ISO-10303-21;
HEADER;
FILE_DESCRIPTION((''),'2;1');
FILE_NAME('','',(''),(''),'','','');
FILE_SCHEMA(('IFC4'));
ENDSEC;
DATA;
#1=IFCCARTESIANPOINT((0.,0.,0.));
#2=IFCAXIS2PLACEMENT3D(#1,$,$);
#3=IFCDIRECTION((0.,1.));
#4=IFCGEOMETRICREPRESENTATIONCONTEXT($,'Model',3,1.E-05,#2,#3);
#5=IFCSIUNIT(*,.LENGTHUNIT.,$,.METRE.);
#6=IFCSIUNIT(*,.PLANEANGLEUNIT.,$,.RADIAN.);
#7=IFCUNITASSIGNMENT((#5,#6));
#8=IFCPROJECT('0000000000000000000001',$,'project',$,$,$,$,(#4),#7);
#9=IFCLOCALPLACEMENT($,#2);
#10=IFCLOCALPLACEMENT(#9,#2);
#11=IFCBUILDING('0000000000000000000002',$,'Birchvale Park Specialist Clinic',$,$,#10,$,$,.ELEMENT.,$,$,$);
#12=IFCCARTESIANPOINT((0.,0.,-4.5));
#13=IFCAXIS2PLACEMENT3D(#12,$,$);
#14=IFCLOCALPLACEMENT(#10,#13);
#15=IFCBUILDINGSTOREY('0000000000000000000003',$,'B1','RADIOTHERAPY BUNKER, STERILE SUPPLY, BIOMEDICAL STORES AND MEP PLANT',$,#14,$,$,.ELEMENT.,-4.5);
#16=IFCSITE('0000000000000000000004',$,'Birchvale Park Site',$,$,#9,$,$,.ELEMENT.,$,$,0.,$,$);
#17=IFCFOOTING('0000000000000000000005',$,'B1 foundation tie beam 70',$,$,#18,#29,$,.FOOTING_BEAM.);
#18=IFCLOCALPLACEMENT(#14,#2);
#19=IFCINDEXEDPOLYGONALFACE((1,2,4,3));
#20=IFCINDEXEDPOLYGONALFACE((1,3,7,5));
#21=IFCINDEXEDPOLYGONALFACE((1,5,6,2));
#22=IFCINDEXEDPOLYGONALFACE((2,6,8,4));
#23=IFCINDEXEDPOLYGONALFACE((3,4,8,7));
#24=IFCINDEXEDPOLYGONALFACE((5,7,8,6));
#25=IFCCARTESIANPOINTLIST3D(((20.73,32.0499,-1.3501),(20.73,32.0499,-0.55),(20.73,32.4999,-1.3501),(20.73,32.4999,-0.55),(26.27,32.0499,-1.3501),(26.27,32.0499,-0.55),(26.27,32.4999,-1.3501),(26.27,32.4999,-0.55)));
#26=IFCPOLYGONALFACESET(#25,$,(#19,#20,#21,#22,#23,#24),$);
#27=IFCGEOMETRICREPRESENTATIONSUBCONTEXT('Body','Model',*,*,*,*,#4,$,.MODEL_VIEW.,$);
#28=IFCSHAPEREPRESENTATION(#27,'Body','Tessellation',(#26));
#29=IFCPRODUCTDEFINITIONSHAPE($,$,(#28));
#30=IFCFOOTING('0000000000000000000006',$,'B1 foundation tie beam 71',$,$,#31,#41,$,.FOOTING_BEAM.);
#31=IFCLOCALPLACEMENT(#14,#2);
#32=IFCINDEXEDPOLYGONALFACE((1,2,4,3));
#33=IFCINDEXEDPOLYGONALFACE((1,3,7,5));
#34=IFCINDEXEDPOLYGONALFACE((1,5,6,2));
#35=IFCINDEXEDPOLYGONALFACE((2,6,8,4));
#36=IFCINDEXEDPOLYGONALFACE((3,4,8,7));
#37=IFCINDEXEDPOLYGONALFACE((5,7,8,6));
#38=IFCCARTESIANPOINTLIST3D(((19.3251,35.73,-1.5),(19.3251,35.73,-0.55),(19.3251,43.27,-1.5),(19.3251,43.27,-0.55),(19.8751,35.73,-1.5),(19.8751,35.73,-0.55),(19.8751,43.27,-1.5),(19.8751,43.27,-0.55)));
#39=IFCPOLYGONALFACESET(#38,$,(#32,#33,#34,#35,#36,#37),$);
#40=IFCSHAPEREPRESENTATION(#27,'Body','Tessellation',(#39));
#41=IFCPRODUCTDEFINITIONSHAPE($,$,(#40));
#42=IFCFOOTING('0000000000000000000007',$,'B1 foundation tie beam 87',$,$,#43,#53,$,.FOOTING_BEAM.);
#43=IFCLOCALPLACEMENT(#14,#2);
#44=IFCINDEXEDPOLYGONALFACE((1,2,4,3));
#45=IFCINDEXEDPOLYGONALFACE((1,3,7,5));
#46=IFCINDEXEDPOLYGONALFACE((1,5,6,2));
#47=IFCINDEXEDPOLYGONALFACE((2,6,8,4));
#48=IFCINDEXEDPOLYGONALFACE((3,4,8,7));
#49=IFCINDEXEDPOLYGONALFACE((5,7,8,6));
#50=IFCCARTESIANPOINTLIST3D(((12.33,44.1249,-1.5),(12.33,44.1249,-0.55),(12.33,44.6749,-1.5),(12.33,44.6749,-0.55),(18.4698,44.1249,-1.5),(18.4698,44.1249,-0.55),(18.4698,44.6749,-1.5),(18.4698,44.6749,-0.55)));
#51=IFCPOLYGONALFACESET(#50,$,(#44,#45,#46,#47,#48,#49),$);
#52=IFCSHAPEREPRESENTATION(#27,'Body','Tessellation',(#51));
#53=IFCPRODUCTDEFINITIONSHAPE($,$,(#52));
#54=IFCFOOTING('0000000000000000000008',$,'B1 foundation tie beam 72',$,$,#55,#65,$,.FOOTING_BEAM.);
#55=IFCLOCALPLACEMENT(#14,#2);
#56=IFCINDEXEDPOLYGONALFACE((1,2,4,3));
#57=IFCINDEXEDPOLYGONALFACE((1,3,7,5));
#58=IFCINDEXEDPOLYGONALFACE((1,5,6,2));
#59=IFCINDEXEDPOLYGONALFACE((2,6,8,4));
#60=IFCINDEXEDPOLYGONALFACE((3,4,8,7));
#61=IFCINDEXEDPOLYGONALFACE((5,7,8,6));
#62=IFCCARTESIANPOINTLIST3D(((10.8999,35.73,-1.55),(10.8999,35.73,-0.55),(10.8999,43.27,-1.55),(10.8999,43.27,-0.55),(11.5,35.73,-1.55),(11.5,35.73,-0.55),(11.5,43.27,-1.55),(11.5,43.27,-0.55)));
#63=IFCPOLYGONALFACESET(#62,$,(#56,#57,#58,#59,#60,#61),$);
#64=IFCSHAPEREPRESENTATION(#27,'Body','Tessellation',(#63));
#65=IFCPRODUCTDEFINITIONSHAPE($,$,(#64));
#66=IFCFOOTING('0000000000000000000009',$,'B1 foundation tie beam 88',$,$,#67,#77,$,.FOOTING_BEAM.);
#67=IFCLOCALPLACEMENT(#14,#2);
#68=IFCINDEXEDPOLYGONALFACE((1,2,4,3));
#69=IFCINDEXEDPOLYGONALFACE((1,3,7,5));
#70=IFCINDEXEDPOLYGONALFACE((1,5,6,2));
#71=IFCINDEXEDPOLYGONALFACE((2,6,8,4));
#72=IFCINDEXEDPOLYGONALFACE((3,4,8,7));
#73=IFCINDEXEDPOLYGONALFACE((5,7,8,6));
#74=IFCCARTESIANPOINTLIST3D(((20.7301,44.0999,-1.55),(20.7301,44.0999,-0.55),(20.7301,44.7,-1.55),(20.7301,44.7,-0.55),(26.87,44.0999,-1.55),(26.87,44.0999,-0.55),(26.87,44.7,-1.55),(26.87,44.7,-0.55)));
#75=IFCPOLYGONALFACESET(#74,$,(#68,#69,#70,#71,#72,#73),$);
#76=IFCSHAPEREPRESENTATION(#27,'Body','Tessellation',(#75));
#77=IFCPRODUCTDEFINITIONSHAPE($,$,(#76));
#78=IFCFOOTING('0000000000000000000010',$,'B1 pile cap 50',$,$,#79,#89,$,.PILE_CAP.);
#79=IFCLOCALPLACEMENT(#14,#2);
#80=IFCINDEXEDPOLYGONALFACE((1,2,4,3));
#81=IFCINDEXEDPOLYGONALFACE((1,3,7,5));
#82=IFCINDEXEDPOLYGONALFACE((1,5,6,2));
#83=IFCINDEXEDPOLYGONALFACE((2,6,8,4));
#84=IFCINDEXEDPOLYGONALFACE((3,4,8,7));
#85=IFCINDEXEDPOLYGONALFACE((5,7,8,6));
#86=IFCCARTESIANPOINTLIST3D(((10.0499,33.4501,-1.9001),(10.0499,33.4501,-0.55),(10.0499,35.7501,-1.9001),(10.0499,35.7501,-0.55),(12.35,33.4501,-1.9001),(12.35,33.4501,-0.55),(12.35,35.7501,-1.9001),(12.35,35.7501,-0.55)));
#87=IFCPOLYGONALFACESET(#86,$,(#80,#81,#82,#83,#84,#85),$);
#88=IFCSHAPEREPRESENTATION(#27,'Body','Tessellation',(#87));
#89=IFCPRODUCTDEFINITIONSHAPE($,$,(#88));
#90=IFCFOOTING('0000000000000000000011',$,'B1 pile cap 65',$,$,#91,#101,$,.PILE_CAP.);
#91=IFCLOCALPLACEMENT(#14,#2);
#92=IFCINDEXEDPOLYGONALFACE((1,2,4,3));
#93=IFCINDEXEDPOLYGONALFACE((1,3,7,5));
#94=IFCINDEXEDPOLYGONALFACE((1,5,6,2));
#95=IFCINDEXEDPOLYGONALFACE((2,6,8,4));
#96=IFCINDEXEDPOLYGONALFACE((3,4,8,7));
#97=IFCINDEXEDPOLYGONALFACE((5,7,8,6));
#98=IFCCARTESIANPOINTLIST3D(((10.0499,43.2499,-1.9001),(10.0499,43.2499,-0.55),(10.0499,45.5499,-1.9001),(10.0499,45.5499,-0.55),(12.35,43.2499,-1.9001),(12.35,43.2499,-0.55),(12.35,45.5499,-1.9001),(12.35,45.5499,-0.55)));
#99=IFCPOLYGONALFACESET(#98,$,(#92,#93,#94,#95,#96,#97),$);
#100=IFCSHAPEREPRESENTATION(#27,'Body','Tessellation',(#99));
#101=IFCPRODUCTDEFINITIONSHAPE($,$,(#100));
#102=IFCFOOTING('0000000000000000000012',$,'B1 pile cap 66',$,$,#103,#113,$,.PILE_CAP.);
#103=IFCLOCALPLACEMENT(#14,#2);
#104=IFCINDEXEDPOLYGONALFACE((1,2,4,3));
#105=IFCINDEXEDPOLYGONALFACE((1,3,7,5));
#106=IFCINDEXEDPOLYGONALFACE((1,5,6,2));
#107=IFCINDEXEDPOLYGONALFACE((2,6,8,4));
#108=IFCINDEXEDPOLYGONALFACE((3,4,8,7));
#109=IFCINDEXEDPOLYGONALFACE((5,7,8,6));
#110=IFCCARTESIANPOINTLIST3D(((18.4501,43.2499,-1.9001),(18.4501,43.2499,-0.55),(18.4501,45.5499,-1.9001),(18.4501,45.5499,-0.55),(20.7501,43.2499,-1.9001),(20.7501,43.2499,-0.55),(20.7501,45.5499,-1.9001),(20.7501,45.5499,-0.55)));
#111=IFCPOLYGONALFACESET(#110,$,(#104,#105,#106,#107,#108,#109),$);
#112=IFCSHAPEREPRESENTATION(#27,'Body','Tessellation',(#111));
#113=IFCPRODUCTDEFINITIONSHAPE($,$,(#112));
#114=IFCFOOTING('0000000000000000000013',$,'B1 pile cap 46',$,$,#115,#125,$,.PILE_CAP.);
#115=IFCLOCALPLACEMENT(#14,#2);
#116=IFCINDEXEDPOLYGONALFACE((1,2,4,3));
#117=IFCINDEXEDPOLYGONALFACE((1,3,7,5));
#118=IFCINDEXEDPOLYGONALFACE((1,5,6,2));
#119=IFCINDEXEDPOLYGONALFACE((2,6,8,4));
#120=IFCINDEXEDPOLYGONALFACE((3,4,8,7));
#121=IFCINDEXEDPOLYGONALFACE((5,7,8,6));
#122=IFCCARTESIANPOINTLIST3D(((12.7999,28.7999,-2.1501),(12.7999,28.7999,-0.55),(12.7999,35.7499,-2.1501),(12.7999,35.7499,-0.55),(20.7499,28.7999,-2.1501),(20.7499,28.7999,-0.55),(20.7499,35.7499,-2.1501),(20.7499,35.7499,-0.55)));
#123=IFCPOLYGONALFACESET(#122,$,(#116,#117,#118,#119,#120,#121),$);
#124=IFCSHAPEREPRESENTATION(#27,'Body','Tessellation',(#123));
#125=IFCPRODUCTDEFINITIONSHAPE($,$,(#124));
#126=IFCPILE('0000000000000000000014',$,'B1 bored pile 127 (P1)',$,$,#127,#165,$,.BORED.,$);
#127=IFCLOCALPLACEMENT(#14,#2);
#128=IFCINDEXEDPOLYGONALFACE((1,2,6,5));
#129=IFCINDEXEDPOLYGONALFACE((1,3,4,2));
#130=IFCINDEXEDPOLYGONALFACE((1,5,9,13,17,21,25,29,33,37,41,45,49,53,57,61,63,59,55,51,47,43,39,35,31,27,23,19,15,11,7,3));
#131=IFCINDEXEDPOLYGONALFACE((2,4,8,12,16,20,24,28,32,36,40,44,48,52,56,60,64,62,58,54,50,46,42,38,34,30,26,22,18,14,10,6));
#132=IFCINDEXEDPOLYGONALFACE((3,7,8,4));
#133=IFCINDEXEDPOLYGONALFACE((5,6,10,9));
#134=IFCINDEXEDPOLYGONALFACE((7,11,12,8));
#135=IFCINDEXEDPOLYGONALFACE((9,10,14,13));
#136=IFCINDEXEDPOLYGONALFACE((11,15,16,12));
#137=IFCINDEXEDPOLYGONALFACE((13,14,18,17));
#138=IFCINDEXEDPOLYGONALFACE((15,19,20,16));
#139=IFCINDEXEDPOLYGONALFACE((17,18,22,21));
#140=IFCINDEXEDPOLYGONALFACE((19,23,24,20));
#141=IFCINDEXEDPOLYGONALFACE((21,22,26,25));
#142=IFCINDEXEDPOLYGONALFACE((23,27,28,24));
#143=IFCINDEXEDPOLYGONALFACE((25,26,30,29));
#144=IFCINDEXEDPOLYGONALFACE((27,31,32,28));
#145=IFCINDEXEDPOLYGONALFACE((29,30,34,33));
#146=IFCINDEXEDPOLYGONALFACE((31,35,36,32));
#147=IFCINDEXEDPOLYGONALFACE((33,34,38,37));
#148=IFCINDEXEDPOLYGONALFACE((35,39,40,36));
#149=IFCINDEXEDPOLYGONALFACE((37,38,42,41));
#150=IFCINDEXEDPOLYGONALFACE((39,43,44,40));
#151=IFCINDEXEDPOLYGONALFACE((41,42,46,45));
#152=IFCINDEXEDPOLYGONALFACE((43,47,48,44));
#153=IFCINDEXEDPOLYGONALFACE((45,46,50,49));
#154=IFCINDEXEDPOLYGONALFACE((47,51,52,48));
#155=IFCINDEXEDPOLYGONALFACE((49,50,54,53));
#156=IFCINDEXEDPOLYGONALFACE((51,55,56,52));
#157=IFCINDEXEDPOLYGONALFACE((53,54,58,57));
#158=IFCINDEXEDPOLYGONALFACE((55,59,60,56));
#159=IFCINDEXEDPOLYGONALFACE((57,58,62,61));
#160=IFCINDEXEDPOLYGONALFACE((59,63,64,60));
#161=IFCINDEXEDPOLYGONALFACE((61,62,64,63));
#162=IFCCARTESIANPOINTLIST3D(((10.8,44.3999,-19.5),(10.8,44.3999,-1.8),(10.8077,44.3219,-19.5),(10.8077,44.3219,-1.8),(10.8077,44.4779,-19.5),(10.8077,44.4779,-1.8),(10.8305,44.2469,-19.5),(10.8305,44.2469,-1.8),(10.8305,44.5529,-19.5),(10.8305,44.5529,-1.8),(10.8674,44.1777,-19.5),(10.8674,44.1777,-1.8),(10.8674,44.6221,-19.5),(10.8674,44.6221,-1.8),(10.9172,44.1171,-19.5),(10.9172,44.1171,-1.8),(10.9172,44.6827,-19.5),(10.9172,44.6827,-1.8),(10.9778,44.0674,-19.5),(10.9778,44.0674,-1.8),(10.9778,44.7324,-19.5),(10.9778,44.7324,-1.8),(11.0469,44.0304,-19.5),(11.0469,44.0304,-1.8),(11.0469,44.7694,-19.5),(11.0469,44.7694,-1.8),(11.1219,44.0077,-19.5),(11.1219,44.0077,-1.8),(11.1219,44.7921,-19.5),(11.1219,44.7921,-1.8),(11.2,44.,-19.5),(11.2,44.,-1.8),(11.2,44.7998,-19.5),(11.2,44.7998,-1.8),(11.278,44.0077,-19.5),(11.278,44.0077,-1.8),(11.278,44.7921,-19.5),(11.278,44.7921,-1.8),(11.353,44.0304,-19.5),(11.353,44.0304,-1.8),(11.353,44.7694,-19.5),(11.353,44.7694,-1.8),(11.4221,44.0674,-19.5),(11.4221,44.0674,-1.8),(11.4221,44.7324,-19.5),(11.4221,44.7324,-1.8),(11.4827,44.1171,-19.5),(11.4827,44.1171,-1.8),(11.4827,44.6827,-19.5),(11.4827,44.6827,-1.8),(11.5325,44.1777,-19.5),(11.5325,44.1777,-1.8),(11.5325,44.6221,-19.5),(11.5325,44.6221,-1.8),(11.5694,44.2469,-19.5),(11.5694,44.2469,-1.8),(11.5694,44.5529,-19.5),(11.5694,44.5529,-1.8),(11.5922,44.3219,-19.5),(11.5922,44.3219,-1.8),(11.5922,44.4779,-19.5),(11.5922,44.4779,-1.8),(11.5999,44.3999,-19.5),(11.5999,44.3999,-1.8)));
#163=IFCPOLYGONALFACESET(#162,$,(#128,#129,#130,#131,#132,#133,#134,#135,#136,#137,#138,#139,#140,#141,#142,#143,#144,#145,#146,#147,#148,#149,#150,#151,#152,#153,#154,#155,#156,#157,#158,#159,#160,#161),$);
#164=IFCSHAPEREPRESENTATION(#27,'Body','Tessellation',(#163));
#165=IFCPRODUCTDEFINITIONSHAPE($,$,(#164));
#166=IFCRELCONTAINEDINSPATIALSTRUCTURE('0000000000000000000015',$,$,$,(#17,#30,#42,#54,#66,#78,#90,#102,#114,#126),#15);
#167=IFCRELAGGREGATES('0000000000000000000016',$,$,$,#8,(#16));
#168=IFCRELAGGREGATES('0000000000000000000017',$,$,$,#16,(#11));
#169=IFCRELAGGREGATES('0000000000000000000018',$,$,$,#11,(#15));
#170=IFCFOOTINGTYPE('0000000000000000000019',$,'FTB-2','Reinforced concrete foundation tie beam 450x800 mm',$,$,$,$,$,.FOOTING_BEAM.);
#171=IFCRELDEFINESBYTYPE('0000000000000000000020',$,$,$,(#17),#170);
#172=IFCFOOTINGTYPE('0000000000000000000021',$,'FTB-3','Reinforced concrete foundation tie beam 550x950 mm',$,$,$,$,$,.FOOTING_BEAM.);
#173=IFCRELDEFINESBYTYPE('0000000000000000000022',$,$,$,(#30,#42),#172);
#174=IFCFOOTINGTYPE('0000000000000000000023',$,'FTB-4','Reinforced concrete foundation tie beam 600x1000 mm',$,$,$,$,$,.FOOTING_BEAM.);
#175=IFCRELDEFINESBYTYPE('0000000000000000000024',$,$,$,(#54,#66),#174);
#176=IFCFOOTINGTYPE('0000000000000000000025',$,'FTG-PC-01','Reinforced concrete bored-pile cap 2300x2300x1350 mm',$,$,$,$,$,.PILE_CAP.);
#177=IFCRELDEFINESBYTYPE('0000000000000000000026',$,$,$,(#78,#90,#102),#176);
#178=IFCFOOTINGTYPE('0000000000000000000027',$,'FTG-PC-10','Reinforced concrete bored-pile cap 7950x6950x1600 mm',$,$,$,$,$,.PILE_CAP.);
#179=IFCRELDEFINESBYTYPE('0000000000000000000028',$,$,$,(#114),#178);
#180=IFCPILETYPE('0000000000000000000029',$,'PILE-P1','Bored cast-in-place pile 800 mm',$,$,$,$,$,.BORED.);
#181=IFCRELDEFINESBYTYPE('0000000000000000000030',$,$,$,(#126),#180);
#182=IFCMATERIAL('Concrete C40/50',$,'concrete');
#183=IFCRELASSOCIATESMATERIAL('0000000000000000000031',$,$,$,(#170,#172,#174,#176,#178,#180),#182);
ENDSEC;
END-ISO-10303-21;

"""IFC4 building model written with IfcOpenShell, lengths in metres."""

from ifc_helpers import new_model, si_unit, direction, frame, origin, origin_2d, place, context, subcontext, project, spatial, rectangle, circle, extrude, material, material_profile, profile_set, type_object, element, save


model = new_model("IFC4")

# Units and contexts
model_context = context("Model", 3, precision=1e-05, world=origin(), true_north=direction((0.0, 1.0)))
body_context = subcontext(model_context, "Body", "Model", "MODEL_VIEW")
ifc_project = project(units=[si_unit("LENGTHUNIT", "METRE"), si_unit("PLANEANGLEUNIT", "RADIAN")], contexts=[model_context])

# Site, building, storey
site_placement = place(None, origin())
site = spatial("IfcSite", under=ifc_project, at=site_placement, Name="Birchvale Park Site", CompositionType="ELEMENT", RefElevation=0.0)
building_placement = place(site_placement, origin())
building = spatial("IfcBuilding", under=site, at=building_placement, Name="Birchvale Park Specialist Clinic", CompositionType="ELEMENT")
storey_placement = place(building_placement, frame((0.0, 0.0, -4.5)))
storey = spatial("IfcBuildingStorey", under=building, at=storey_placement, Name="B1", Description="RADIOTHERAPY BUNKER, STERILE SUPPLY, BIOMEDICAL STORES AND MEP PLANT", CompositionType="ELEMENT", Elevation=-4.5)

# Footings
ifc_material_1 = material(Name="Concrete C40/50", Category="concrete")
footing_type_1 = type_object("IfcFootingType", Name="FTB-2", Description="Reinforced concrete foundation tie beam 450x800 mm", PredefinedType="FOOTING_BEAM", material=ifc_material_1)
footing_1_placement = place(storey_placement, frame((23.5, 32.2749, -1.3501), z_axis=(0.0, 0.0, 1.0), x_axis=(1.0, 0.0, 0.0)))
element("IfcFooting", 1, at=footing_1_placement, inside=storey, type_object=footing_type_1, Name="B1 foundation tie beam 70", PredefinedType="FOOTING_BEAM", context=body_context, shape_type="SweptSolid", body=[
    extrude(rectangle(XDim=5.54, YDim=0.45, at=origin_2d()), origin(), (0.0, 0.0, 1.0), 0.8),
])
footing_type_2 = type_object("IfcFootingType", Name="FTB-3", Description="Reinforced concrete foundation tie beam 550x950 mm", PredefinedType="FOOTING_BEAM", material=ifc_material_1)
footing_2_placement = place(storey_placement, frame((19.6001, 39.5, -1.5), z_axis=(0.0, 0.0, 1.0), x_axis=(1.0, 0.0, 0.0)))
element("IfcFooting", 2, at=footing_2_placement, inside=storey, type_object=footing_type_2, Name="B1 foundation tie beam 71", PredefinedType="FOOTING_BEAM", context=body_context, shape_type="SweptSolid", body=[
    extrude(rectangle(XDim=0.55, YDim=7.54, at=origin_2d()), origin(), (0.0, 0.0, 1.0), 0.95),
])
footing_3_placement = place(storey_placement, frame((15.3999, 44.3999, -1.5), z_axis=(0.0, 0.0, 1.0), x_axis=(1.0, 0.0, 0.0)))
element("IfcFooting", 3, at=footing_3_placement, inside=storey, type_object=footing_type_2, Name="B1 foundation tie beam 87", PredefinedType="FOOTING_BEAM", context=body_context, shape_type="SweptSolid", body=[
    extrude(rectangle(XDim=6.1399, YDim=0.55, at=origin_2d()), origin(), (0.0, 0.0, 1.0), 0.95),
])
footing_type_3 = type_object("IfcFootingType", Name="FTB-4", Description="Reinforced concrete foundation tie beam 600x1000 mm", PredefinedType="FOOTING_BEAM", material=ifc_material_1)
footing_4_placement = place(storey_placement, frame((11.2, 39.5, -1.55), z_axis=(0.0, 0.0, 1.0), x_axis=(1.0, 0.0, 0.0)))
element("IfcFooting", 4, at=footing_4_placement, inside=storey, type_object=footing_type_3, Name="B1 foundation tie beam 72", PredefinedType="FOOTING_BEAM", context=body_context, shape_type="SweptSolid", body=[
    extrude(rectangle(XDim=0.6001, YDim=7.54, at=origin_2d()), origin(), (0.0, 0.0, 1.0), 1.0),
])
footing_5_placement = place(storey_placement, frame((23.8, 44.3999, -1.55), z_axis=(0.0, 0.0, 1.0), x_axis=(1.0, 0.0, 0.0)))
element("IfcFooting", 5, at=footing_5_placement, inside=storey, type_object=footing_type_3, Name="B1 foundation tie beam 88", PredefinedType="FOOTING_BEAM", context=body_context, shape_type="SweptSolid", body=[
    extrude(rectangle(XDim=6.1399, YDim=0.6001, at=origin_2d()), origin(), (0.0, 0.0, 1.0), 1.0),
])
footing_type_4 = type_object("IfcFootingType", Name="FTG-PC-01", Description="Reinforced concrete bored-pile cap 2300x2300x1350 mm", PredefinedType="PILE_CAP", material=ifc_material_1)
for number, where, z_axis, x_axis, name in (
    (6, (11.2, 34.6001, -1.9001), (0.0, 0.0, 1.0), (1.0, 0.0, 0.0), "B1 pile cap 50"),
    (7, (11.2, 44.3999, -1.9001), (0.0, 0.0, 1.0), (1.0, 0.0, 0.0), "B1 pile cap 65"),
    (8, (19.6001, 44.3999, -1.9001), (0.0, 0.0, 1.0), (1.0, 0.0, 0.0), "B1 pile cap 66"),
):
    element("IfcFooting", number, at=place(storey_placement, frame(where, z_axis=z_axis, x_axis=x_axis)), inside=storey, type_object=footing_type_4, Name=name, PredefinedType="PILE_CAP", context=body_context, shape_type="SweptSolid", body=[
        extrude(rectangle(XDim=2.3, YDim=2.3, at=origin_2d()), origin(), (0.0, 0.0, 1.0), 1.3501),
    ])
footing_type_5 = type_object("IfcFootingType", Name="FTG-PC-10", Description="Reinforced concrete bored-pile cap 7950x6950x1600 mm", PredefinedType="PILE_CAP", material=ifc_material_1)
footing_6_placement = place(storey_placement, frame((16.7749, 32.2749, -2.1501), z_axis=(0.0, 0.0, 1.0), x_axis=(1.0, 0.0, 0.0)))
element("IfcFooting", 9, at=footing_6_placement, inside=storey, type_object=footing_type_5, Name="B1 pile cap 46", PredefinedType="PILE_CAP", context=body_context, shape_type="SweptSolid", body=[
    extrude(rectangle(XDim=7.95, YDim=6.95, at=origin_2d()), origin(), (0.0, 0.0, 1.0), 1.6001),
])

# Pile
ifc_material_profile_1 = material_profile(ifc_material_1, circle(Radius=0.3999, at=origin_2d()), Name="PILE-800")
ifc_profile_set_1 = profile_set([ifc_material_profile_1], Name="Concrete C40/50")
pile_type_1 = type_object("IfcPileType", Name="PILE-P1", Description="Bored cast-in-place pile 800 mm", PredefinedType="BORED", material=ifc_profile_set_1)
pile_1_placement = place(storey_placement, frame((11.2, 44.3999, -1.8), z_axis=(0.0, 0.0, -1.0), x_axis=(1.0, 0.0, 0.0)))
element("IfcPile", 10, at=pile_1_placement, inside=storey, type_object=pile_type_1, Name="B1 bored pile 127 (P1)", PredefinedType="BORED", context=body_context, shape_type="SweptSolid", body=[
    extrude(circle(Radius=0.3999, at=origin_2d()), origin(), (0.0, 0.0, 1.0), 17.7),
])

save(model, "model.ifc")
